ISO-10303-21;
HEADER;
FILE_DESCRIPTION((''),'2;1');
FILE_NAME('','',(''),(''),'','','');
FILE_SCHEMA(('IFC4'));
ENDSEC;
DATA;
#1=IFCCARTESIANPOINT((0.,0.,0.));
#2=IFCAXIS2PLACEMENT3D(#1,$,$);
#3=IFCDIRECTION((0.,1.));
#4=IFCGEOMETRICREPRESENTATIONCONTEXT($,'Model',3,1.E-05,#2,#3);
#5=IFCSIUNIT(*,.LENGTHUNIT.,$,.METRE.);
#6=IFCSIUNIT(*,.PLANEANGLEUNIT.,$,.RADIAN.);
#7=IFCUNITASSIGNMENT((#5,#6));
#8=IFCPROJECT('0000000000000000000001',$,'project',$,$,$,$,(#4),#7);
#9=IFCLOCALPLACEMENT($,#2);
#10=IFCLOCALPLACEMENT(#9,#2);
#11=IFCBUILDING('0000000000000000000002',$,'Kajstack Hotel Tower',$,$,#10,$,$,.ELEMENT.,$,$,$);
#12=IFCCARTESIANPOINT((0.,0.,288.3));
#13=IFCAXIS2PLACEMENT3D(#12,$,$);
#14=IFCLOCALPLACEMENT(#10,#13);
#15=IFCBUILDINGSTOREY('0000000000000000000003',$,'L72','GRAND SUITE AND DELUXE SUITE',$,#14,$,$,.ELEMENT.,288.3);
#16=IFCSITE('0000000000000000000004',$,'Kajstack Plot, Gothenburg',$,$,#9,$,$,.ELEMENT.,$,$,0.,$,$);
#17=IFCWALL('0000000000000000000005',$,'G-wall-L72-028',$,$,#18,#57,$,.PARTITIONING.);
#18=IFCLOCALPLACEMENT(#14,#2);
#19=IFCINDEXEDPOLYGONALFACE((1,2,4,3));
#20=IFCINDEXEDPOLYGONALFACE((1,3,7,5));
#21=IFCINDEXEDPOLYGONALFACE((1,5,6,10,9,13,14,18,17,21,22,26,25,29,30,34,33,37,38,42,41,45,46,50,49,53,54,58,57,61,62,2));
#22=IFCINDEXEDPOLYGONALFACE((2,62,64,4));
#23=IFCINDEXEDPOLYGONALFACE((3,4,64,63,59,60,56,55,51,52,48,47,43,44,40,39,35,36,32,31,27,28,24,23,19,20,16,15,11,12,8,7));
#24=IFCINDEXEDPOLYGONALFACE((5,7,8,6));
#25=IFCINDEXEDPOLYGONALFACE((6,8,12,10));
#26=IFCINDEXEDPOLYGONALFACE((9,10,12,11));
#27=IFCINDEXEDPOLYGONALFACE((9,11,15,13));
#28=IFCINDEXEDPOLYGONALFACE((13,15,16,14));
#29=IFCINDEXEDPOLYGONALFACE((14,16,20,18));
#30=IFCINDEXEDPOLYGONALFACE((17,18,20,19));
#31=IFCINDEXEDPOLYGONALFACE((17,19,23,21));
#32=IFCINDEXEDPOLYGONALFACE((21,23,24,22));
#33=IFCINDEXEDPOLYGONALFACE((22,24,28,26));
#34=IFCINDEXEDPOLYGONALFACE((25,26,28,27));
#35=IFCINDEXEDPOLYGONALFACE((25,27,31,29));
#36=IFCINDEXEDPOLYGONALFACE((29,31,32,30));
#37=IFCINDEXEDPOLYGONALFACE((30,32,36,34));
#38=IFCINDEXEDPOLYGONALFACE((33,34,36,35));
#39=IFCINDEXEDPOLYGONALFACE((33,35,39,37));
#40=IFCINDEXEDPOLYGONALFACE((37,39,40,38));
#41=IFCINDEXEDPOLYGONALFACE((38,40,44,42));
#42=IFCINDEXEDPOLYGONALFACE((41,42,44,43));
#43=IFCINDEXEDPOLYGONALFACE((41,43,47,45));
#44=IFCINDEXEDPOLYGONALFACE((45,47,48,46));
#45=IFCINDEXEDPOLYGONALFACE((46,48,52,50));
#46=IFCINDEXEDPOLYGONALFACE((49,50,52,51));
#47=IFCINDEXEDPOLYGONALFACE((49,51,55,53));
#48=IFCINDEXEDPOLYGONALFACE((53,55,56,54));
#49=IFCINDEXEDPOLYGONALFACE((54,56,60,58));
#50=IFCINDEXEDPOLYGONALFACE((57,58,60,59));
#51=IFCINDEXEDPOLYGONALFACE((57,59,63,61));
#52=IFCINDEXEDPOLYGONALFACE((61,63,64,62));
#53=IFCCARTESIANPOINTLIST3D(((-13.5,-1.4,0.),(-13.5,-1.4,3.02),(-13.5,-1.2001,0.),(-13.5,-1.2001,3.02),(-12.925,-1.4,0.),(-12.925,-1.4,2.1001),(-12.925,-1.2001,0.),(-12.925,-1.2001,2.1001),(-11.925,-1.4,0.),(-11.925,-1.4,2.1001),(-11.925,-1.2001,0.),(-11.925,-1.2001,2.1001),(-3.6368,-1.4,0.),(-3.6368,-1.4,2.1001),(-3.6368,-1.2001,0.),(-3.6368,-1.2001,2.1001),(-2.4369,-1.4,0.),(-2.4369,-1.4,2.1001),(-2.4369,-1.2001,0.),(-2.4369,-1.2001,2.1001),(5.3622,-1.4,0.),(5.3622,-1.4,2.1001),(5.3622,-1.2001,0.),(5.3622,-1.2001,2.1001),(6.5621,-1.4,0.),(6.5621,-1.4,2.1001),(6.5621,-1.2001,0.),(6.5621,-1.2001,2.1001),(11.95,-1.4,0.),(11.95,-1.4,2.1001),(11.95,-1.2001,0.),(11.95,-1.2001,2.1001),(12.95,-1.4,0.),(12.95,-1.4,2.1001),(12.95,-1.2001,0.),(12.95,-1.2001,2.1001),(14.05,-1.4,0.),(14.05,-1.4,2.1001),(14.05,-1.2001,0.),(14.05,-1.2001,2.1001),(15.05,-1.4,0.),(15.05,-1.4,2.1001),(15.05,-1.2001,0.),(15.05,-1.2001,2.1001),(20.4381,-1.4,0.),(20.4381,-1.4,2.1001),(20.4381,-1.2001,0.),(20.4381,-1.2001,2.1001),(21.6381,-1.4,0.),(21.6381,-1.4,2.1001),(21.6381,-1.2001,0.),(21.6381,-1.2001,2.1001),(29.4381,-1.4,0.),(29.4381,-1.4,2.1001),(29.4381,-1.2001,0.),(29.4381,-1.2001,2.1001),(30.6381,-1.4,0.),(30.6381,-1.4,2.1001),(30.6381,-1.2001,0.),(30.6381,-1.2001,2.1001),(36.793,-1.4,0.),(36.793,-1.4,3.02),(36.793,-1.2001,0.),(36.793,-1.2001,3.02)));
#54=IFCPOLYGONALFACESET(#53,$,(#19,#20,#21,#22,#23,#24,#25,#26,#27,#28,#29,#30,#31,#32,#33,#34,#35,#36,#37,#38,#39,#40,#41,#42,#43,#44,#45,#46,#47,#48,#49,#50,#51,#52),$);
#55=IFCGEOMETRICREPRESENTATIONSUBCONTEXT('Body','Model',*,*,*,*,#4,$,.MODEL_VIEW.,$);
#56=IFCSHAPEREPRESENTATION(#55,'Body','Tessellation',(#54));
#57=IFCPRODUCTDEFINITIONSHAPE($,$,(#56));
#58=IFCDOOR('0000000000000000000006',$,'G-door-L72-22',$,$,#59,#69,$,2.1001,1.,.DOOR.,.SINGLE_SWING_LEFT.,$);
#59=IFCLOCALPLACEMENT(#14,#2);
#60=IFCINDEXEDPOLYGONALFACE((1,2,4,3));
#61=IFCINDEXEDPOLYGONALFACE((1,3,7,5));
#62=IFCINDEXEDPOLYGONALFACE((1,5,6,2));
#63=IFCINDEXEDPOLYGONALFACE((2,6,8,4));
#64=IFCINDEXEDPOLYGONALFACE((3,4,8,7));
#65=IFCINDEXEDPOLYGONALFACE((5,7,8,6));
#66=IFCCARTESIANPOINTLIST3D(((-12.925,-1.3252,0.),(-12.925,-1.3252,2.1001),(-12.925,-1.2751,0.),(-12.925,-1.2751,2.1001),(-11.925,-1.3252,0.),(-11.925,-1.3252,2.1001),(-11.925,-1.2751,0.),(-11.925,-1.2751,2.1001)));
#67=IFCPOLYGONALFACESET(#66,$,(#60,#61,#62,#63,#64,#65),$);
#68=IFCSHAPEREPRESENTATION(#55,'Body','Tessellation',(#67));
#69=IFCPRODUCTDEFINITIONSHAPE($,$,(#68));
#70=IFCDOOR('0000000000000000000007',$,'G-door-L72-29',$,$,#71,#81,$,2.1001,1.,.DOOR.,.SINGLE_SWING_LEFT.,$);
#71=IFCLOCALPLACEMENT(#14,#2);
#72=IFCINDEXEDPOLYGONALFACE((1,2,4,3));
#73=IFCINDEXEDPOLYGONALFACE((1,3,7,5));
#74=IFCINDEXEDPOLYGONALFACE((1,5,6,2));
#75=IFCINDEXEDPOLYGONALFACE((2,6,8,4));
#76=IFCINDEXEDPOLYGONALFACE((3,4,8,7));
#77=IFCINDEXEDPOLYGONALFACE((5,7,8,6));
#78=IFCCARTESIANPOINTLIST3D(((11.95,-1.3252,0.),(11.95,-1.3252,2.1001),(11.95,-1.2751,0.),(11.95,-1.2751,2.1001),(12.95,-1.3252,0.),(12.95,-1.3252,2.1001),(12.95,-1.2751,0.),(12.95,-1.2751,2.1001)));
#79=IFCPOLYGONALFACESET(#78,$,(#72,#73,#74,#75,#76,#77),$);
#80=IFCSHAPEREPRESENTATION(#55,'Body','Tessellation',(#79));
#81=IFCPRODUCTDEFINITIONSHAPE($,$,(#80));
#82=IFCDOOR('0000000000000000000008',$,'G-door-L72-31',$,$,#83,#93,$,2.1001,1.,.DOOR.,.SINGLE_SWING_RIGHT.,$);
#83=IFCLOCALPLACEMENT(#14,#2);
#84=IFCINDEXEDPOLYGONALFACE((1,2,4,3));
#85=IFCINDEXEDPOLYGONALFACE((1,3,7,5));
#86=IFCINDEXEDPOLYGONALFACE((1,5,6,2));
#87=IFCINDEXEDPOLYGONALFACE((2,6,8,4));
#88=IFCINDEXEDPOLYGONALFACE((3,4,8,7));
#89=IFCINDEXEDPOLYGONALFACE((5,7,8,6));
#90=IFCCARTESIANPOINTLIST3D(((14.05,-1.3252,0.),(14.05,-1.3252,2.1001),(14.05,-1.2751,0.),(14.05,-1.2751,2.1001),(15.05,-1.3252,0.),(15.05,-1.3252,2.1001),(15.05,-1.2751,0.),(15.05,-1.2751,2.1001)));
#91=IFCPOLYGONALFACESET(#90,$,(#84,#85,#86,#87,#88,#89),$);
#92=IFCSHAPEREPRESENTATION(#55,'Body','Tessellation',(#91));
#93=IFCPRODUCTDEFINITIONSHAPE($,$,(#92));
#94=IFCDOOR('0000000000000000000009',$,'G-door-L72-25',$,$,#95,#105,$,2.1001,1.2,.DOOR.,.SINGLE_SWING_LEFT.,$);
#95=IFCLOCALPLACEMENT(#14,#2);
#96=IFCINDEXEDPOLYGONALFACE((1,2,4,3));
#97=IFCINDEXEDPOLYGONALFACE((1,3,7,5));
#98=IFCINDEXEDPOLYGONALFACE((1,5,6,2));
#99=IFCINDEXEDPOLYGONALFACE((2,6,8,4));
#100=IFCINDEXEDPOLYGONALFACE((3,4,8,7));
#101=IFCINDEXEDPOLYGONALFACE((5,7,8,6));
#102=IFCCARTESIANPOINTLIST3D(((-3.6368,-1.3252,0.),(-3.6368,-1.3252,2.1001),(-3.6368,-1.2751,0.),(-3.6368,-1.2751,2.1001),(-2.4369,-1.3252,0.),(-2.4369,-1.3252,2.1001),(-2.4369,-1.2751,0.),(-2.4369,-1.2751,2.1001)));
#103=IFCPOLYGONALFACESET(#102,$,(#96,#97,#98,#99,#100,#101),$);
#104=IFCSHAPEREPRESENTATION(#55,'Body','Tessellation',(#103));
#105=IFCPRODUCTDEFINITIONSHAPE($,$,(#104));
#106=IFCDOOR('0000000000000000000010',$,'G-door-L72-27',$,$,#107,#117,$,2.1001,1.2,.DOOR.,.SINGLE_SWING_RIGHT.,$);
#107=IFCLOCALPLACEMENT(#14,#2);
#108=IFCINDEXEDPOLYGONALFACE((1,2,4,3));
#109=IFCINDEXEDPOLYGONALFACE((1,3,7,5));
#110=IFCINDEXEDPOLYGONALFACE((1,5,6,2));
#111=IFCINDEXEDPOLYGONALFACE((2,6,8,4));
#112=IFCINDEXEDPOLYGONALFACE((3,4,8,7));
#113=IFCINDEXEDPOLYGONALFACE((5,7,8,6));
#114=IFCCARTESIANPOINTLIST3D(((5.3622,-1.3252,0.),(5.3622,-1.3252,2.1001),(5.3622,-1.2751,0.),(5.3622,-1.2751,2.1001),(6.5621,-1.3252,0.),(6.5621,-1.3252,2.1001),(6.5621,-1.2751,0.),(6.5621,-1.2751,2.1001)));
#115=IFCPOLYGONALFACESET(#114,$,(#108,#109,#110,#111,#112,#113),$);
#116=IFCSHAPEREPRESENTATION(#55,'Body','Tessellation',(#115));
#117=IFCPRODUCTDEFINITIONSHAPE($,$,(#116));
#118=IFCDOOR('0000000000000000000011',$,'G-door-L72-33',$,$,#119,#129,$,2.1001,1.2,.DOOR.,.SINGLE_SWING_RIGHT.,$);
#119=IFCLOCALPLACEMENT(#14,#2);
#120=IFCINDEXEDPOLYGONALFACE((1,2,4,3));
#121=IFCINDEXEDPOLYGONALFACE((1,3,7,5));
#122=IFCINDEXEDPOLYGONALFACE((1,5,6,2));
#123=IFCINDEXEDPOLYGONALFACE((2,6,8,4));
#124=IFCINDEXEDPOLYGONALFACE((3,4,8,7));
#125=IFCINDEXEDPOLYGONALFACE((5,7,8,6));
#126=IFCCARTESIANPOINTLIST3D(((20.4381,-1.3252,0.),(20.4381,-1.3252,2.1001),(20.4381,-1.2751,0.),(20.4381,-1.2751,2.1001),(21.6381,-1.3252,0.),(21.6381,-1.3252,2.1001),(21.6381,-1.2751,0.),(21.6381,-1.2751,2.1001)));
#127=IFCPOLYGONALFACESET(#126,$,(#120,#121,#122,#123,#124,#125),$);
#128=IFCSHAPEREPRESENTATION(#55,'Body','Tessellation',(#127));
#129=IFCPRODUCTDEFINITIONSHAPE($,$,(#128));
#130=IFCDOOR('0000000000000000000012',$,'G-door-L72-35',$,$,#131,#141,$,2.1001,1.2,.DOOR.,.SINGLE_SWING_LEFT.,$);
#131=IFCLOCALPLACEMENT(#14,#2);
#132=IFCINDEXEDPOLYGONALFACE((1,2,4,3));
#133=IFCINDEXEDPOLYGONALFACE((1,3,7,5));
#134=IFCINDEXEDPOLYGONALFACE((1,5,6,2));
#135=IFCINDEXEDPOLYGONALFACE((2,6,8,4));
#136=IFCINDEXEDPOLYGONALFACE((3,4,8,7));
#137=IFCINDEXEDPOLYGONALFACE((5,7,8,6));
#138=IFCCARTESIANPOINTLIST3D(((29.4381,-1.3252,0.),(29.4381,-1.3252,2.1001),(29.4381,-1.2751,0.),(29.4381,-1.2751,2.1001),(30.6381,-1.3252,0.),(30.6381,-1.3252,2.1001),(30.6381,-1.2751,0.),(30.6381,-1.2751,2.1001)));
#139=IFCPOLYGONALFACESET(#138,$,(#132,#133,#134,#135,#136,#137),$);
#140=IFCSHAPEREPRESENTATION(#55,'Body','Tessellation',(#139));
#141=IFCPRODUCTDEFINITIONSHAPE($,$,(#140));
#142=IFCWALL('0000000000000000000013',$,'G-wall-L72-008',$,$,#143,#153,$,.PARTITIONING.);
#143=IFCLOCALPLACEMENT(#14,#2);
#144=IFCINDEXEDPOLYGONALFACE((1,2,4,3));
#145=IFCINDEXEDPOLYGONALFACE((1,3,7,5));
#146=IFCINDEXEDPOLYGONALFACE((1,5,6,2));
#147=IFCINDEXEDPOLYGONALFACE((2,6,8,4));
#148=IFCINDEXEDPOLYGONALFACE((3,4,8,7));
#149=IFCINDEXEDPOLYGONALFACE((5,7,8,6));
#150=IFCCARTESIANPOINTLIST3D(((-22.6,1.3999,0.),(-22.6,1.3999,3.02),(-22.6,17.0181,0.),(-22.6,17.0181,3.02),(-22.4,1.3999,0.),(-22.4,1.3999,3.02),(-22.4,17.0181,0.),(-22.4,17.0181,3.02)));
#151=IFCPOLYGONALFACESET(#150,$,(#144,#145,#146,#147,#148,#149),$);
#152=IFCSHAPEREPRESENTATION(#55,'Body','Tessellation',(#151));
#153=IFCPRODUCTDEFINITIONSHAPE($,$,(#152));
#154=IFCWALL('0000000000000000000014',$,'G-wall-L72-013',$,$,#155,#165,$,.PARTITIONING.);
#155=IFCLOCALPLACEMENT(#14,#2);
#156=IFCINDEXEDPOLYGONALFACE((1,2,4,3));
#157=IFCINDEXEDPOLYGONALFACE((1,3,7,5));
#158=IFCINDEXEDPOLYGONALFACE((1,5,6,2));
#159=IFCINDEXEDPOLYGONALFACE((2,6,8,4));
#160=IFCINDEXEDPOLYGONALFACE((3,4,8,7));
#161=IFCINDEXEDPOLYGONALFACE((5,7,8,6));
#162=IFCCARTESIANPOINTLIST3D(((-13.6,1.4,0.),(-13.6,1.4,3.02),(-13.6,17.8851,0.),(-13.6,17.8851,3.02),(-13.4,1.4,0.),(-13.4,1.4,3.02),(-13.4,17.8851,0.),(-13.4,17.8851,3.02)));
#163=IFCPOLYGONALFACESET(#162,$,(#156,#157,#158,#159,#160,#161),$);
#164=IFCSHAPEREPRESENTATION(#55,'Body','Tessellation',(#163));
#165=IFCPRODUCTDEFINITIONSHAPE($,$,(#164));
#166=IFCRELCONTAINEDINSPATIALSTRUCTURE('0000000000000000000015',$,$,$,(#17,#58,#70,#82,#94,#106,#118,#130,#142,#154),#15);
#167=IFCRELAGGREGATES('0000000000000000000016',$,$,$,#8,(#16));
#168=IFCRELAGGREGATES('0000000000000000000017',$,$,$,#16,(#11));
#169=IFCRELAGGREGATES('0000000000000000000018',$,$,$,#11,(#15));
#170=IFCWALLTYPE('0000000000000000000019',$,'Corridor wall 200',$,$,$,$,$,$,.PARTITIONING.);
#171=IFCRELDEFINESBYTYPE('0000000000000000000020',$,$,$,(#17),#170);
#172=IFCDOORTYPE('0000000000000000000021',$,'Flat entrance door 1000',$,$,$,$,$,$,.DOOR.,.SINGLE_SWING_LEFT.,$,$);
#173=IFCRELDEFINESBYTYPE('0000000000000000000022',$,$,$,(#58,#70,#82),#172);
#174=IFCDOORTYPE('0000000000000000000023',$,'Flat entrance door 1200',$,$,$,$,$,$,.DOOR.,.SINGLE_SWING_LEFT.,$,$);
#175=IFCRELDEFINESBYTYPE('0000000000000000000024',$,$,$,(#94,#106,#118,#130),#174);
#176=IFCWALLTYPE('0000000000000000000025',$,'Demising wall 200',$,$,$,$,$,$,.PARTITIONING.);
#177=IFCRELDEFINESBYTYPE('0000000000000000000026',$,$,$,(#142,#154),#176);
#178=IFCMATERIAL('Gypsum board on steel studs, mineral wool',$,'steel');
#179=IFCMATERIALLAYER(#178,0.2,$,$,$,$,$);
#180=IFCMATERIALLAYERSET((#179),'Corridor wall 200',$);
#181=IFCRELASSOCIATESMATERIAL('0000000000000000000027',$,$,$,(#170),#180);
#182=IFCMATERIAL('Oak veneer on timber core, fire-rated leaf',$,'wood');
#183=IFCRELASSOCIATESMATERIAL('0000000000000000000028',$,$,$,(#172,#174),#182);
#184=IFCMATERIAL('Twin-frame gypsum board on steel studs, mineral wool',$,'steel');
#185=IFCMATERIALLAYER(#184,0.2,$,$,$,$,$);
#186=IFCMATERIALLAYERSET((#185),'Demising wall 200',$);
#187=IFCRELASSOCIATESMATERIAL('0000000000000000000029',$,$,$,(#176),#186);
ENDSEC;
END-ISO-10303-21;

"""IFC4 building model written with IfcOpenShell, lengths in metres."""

from ifc_helpers import new_model, si_unit, direction, frame, frame_2d, origin, place, context, subcontext, project, spatial, rectangle, extrude, material, layer, layer_set, type_object, element, fill, save


model = new_model("IFC4")

# Units and contexts
model_context = context("Model", 3, precision=1e-05, world=origin(), true_north=direction((0.0, 1.0)))
body_context = subcontext(model_context, "Body", "Model", "MODEL_VIEW")
ifc_project = project(units=[si_unit("LENGTHUNIT", "METRE"), si_unit("PLANEANGLEUNIT", "RADIAN")], contexts=[model_context])

# Site, building, storey
site_placement = place(None, origin())
site = spatial("IfcSite", under=ifc_project, at=site_placement, Name="Kajstack Plot, Gothenburg", CompositionType="ELEMENT", RefElevation=0.0)
building_placement = place(site_placement, origin())
building = spatial("IfcBuilding", under=site, at=building_placement, Name="Kajstack Hotel Tower", CompositionType="ELEMENT")
storey_placement = place(building_placement, frame((0.0, 0.0, 288.3)))
storey = spatial("IfcBuildingStorey", under=building, at=storey_placement, Name="L72", Description="GRAND SUITE AND DELUXE SUITE", CompositionType="ELEMENT", Elevation=288.3)

# Wall, openings, doors
ifc_material_1 = material(Name="Gypsum board on steel studs, mineral wool", Category="steel")
ifc_layer_1 = layer(ifc_material_1, 0.2)
ifc_layer_set_1 = layer_set([ifc_layer_1], Name="Corridor wall 200")
wall_type_1 = type_object("IfcWallType", Name="Corridor wall 200", PredefinedType="PARTITIONING", material=ifc_layer_set_1)
wall_1_placement = place(storey_placement, frame((-13.5, -1.3, 0.0), z_axis=(0.0, 0.0, 1.0), x_axis=(1.0, 0.0, 0.0)))
wall_1 = element("IfcWall", 1, at=wall_1_placement, inside=storey, type_object=wall_type_1, Name="G-wall-L72-028", PredefinedType="PARTITIONING", context=body_context, shape_type="SweptSolid", body=[
    extrude(rectangle(XDim=50.293, YDim=0.2, at=frame_2d((25.1465, 0.0))), origin(), (0.0, 0.0, 1.0), 3.02),
])
opening_1_placement = place(wall_1_placement, frame((0.575, 0.0, 0.0)))
opening_1 = element("IfcOpeningElement", 2, at=opening_1_placement, cuts=wall_1, PredefinedType="OPENING", context=body_context, shape_type="SweptSolid", body=[
    extrude(rectangle(XDim=1.0, YDim=2.1001, at=frame_2d((0.5, 1.05))), frame((0.0, 0.1099, 0.0), z_axis=(0.0, -1.0, 0.0), x_axis=(1.0, 0.0, 0.0)), (0.0, 0.0, 1.0), 0.22),
])
opening_2_placement = place(wall_1_placement, frame((9.863, 0.0, 0.0)))
opening_2 = element("IfcOpeningElement", 3, at=opening_2_placement, cuts=wall_1, PredefinedType="OPENING", context=body_context, shape_type="SweptSolid", body=[
    extrude(rectangle(XDim=1.2, YDim=2.1001, at=frame_2d((0.6001, 1.05))), frame((0.0, 0.1099, 0.0), z_axis=(0.0, -1.0, 0.0), x_axis=(1.0, 0.0, 0.0)), (0.0, 0.0, 1.0), 0.22),
])
opening_3_placement = place(wall_1_placement, frame((18.8621, 0.0, 0.0)))
opening_3 = element("IfcOpeningElement", 4, at=opening_3_placement, cuts=wall_1, PredefinedType="OPENING", context=body_context, shape_type="SweptSolid", body=[
    extrude(rectangle(XDim=1.2, YDim=2.1001, at=frame_2d((0.6001, 1.05))), frame((0.0, 0.1099, 0.0), z_axis=(0.0, -1.0, 0.0), x_axis=(1.0, 0.0, 0.0)), (0.0, 0.0, 1.0), 0.22),
])
opening_4_placement = place(wall_1_placement, frame((25.45, 0.0, 0.0)))
opening_4 = element("IfcOpeningElement", 5, at=opening_4_placement, cuts=wall_1, PredefinedType="OPENING", context=body_context, shape_type="SweptSolid", body=[
    extrude(rectangle(XDim=1.0, YDim=2.1001, at=frame_2d((0.5, 1.05))), frame((0.0, 0.1099, 0.0), z_axis=(0.0, -1.0, 0.0), x_axis=(1.0, 0.0, 0.0)), (0.0, 0.0, 1.0), 0.22),
])
opening_5_placement = place(wall_1_placement, frame((27.55, 0.0, 0.0)))
opening_5 = element("IfcOpeningElement", 6, at=opening_5_placement, cuts=wall_1, PredefinedType="OPENING", context=body_context, shape_type="SweptSolid", body=[
    extrude(rectangle(XDim=1.0, YDim=2.1001, at=frame_2d((0.5, 1.05))), frame((0.0, 0.1099, 0.0), z_axis=(0.0, -1.0, 0.0), x_axis=(1.0, 0.0, 0.0)), (0.0, 0.0, 1.0), 0.22),
])
opening_6_placement = place(wall_1_placement, frame((33.938, 0.0, 0.0)))
opening_6 = element("IfcOpeningElement", 7, at=opening_6_placement, cuts=wall_1, PredefinedType="OPENING", context=body_context, shape_type="SweptSolid", body=[
    extrude(rectangle(XDim=1.2, YDim=2.1001, at=frame_2d((0.6001, 1.05))), frame((0.0, 0.1099, 0.0), z_axis=(0.0, -1.0, 0.0), x_axis=(1.0, 0.0, 0.0)), (0.0, 0.0, 1.0), 0.22),
])
opening_7_placement = place(wall_1_placement, frame((42.938, 0.0, 0.0)))
opening_7 = element("IfcOpeningElement", 8, at=opening_7_placement, cuts=wall_1, PredefinedType="OPENING", context=body_context, shape_type="SweptSolid", body=[
    extrude(rectangle(XDim=1.2, YDim=2.1001, at=frame_2d((0.6001, 1.05))), frame((0.0, 0.1099, 0.0), z_axis=(0.0, -1.0, 0.0), x_axis=(1.0, 0.0, 0.0)), (0.0, 0.0, 1.0), 0.22),
])
ifc_material_2 = material(Name="Oak veneer on timber core, fire-rated leaf", Category="wood")
door_type_1 = type_object("IfcDoorType", Name="Flat entrance door 1000", OperationType="SINGLE_SWING_LEFT", PredefinedType="DOOR", material=ifc_material_2)
door_1_placement = place(opening_1_placement, origin())
door_1 = element("IfcDoor", 9, at=door_1_placement, inside=storey, type_object=door_type_1, Name="G-door-L72-22", OperationType="SINGLE_SWING_LEFT", OverallHeight=2.1001, OverallWidth=1.0, PredefinedType="DOOR", context=body_context, shape_type="SweptSolid", body=[
    extrude(rectangle(XDim=1.0, YDim=2.1001, at=frame_2d((0.5, 1.05))), frame((0.0, 0.0249, 0.0), z_axis=(0.0, -1.0, 0.0), x_axis=(1.0, 0.0, 0.0)), (0.0, 0.0, 1.0), 0.05),
])
fill(opening_1, door_1)
door_2_placement = place(opening_4_placement, origin())
door_2 = element("IfcDoor", 10, at=door_2_placement, inside=storey, type_object=door_type_1, Name="G-door-L72-29", OperationType="SINGLE_SWING_LEFT", OverallHeight=2.1001, OverallWidth=1.0, PredefinedType="DOOR", context=body_context, shape_type="SweptSolid", body=[
    extrude(rectangle(XDim=1.0, YDim=2.1001, at=frame_2d((0.5, 1.05))), frame((0.0, 0.0249, 0.0), z_axis=(0.0, -1.0, 0.0), x_axis=(1.0, 0.0, 0.0)), (0.0, 0.0, 1.0), 0.05),
])
fill(opening_4, door_2)
door_3_placement = place(opening_5_placement, origin())
door_3 = element("IfcDoor", 11, at=door_3_placement, inside=storey, type_object=door_type_1, Name="G-door-L72-31", OperationType="SINGLE_SWING_RIGHT", OverallHeight=2.1001, OverallWidth=1.0, PredefinedType="DOOR", context=body_context, shape_type="SweptSolid", body=[
    extrude(rectangle(XDim=1.0, YDim=2.1001, at=frame_2d((0.5, 1.05))), frame((0.0, 0.0249, 0.0), z_axis=(0.0, -1.0, 0.0), x_axis=(1.0, 0.0, 0.0)), (0.0, 0.0, 1.0), 0.05),
])
fill(opening_5, door_3)
door_type_2 = type_object("IfcDoorType", Name="Flat entrance door 1200", OperationType="SINGLE_SWING_LEFT", PredefinedType="DOOR", material=ifc_material_2)
door_4_placement = place(opening_2_placement, origin())
door_4 = element("IfcDoor", 12, at=door_4_placement, inside=storey, type_object=door_type_2, Name="G-door-L72-25", OperationType="SINGLE_SWING_LEFT", OverallHeight=2.1001, OverallWidth=1.2, PredefinedType="DOOR", context=body_context, shape_type="SweptSolid", body=[
    extrude(rectangle(XDim=1.2, YDim=2.1001, at=frame_2d((0.6001, 1.05))), frame((0.0, 0.0249, 0.0), z_axis=(0.0, -1.0, 0.0), x_axis=(1.0, 0.0, 0.0)), (0.0, 0.0, 1.0), 0.05),
])
fill(opening_2, door_4)
door_5_placement = place(opening_3_placement, origin())
door_5 = element("IfcDoor", 13, at=door_5_placement, inside=storey, type_object=door_type_2, Name="G-door-L72-27", OperationType="SINGLE_SWING_RIGHT", OverallHeight=2.1001, OverallWidth=1.2, PredefinedType="DOOR", context=body_context, shape_type="SweptSolid", body=[
    extrude(rectangle(XDim=1.2, YDim=2.1001, at=frame_2d((0.6001, 1.05))), frame((0.0, 0.0249, 0.0), z_axis=(0.0, -1.0, 0.0), x_axis=(1.0, 0.0, 0.0)), (0.0, 0.0, 1.0), 0.05),
])
fill(opening_3, door_5)
door_6_placement = place(opening_6_placement, origin())
door_6 = element("IfcDoor", 14, at=door_6_placement, inside=storey, type_object=door_type_2, Name="G-door-L72-33", OperationType="SINGLE_SWING_RIGHT", OverallHeight=2.1001, OverallWidth=1.2, PredefinedType="DOOR", context=body_context, shape_type="SweptSolid", body=[
    extrude(rectangle(XDim=1.2, YDim=2.1001, at=frame_2d((0.6001, 1.05))), frame((0.0, 0.0249, 0.0), z_axis=(0.0, -1.0, 0.0), x_axis=(1.0, 0.0, 0.0)), (0.0, 0.0, 1.0), 0.05),
])
fill(opening_6, door_6)
door_7_placement = place(opening_7_placement, origin())
door_7 = element("IfcDoor", 15, at=door_7_placement, inside=storey, type_object=door_type_2, Name="G-door-L72-35", OperationType="SINGLE_SWING_LEFT", OverallHeight=2.1001, OverallWidth=1.2, PredefinedType="DOOR", context=body_context, shape_type="SweptSolid", body=[
    extrude(rectangle(XDim=1.2, YDim=2.1001, at=frame_2d((0.6001, 1.05))), frame((0.0, 0.0249, 0.0), z_axis=(0.0, -1.0, 0.0), x_axis=(1.0, 0.0, 0.0)), (0.0, 0.0, 1.0), 0.05),
])
fill(opening_7, door_7)

# Walls
ifc_material_3 = material(Name="Twin-frame gypsum board on steel studs, mineral wool", Category="steel")
ifc_layer_2 = layer(ifc_material_3, 0.2)
ifc_layer_set_2 = layer_set([ifc_layer_2], Name="Demising wall 200")
wall_type_2 = type_object("IfcWallType", Name="Demising wall 200", PredefinedType="PARTITIONING", material=ifc_layer_set_2)
wall_2_placement = place(storey_placement, frame((-22.5, 1.3999, 0.0), z_axis=(0.0, 0.0, 1.0), x_axis=(0.0, 1.0, 0.0)))
element("IfcWall", 16, at=wall_2_placement, inside=storey, type_object=wall_type_2, Name="G-wall-L72-008", PredefinedType="PARTITIONING", context=body_context, shape_type="SweptSolid", body=[
    extrude(rectangle(XDim=15.6182, YDim=0.2, at=frame_2d((7.8091, 0.0))), origin(), (0.0, 0.0, 1.0), 3.02),
])
wall_3_placement = place(storey_placement, frame((-13.5, 1.3999, 0.0), z_axis=(0.0, 0.0, 1.0), x_axis=(0.0, 1.0, 0.0)))
element("IfcWall", 17, at=wall_3_placement, inside=storey, type_object=wall_type_2, Name="G-wall-L72-013", PredefinedType="PARTITIONING", context=body_context, shape_type="SweptSolid", body=[
    extrude(rectangle(XDim=16.4851, YDim=0.2, at=frame_2d((8.2427, 0.0))), origin(), (0.0, 0.0, 1.0), 3.02),
])

save(model, "model.ifc")
